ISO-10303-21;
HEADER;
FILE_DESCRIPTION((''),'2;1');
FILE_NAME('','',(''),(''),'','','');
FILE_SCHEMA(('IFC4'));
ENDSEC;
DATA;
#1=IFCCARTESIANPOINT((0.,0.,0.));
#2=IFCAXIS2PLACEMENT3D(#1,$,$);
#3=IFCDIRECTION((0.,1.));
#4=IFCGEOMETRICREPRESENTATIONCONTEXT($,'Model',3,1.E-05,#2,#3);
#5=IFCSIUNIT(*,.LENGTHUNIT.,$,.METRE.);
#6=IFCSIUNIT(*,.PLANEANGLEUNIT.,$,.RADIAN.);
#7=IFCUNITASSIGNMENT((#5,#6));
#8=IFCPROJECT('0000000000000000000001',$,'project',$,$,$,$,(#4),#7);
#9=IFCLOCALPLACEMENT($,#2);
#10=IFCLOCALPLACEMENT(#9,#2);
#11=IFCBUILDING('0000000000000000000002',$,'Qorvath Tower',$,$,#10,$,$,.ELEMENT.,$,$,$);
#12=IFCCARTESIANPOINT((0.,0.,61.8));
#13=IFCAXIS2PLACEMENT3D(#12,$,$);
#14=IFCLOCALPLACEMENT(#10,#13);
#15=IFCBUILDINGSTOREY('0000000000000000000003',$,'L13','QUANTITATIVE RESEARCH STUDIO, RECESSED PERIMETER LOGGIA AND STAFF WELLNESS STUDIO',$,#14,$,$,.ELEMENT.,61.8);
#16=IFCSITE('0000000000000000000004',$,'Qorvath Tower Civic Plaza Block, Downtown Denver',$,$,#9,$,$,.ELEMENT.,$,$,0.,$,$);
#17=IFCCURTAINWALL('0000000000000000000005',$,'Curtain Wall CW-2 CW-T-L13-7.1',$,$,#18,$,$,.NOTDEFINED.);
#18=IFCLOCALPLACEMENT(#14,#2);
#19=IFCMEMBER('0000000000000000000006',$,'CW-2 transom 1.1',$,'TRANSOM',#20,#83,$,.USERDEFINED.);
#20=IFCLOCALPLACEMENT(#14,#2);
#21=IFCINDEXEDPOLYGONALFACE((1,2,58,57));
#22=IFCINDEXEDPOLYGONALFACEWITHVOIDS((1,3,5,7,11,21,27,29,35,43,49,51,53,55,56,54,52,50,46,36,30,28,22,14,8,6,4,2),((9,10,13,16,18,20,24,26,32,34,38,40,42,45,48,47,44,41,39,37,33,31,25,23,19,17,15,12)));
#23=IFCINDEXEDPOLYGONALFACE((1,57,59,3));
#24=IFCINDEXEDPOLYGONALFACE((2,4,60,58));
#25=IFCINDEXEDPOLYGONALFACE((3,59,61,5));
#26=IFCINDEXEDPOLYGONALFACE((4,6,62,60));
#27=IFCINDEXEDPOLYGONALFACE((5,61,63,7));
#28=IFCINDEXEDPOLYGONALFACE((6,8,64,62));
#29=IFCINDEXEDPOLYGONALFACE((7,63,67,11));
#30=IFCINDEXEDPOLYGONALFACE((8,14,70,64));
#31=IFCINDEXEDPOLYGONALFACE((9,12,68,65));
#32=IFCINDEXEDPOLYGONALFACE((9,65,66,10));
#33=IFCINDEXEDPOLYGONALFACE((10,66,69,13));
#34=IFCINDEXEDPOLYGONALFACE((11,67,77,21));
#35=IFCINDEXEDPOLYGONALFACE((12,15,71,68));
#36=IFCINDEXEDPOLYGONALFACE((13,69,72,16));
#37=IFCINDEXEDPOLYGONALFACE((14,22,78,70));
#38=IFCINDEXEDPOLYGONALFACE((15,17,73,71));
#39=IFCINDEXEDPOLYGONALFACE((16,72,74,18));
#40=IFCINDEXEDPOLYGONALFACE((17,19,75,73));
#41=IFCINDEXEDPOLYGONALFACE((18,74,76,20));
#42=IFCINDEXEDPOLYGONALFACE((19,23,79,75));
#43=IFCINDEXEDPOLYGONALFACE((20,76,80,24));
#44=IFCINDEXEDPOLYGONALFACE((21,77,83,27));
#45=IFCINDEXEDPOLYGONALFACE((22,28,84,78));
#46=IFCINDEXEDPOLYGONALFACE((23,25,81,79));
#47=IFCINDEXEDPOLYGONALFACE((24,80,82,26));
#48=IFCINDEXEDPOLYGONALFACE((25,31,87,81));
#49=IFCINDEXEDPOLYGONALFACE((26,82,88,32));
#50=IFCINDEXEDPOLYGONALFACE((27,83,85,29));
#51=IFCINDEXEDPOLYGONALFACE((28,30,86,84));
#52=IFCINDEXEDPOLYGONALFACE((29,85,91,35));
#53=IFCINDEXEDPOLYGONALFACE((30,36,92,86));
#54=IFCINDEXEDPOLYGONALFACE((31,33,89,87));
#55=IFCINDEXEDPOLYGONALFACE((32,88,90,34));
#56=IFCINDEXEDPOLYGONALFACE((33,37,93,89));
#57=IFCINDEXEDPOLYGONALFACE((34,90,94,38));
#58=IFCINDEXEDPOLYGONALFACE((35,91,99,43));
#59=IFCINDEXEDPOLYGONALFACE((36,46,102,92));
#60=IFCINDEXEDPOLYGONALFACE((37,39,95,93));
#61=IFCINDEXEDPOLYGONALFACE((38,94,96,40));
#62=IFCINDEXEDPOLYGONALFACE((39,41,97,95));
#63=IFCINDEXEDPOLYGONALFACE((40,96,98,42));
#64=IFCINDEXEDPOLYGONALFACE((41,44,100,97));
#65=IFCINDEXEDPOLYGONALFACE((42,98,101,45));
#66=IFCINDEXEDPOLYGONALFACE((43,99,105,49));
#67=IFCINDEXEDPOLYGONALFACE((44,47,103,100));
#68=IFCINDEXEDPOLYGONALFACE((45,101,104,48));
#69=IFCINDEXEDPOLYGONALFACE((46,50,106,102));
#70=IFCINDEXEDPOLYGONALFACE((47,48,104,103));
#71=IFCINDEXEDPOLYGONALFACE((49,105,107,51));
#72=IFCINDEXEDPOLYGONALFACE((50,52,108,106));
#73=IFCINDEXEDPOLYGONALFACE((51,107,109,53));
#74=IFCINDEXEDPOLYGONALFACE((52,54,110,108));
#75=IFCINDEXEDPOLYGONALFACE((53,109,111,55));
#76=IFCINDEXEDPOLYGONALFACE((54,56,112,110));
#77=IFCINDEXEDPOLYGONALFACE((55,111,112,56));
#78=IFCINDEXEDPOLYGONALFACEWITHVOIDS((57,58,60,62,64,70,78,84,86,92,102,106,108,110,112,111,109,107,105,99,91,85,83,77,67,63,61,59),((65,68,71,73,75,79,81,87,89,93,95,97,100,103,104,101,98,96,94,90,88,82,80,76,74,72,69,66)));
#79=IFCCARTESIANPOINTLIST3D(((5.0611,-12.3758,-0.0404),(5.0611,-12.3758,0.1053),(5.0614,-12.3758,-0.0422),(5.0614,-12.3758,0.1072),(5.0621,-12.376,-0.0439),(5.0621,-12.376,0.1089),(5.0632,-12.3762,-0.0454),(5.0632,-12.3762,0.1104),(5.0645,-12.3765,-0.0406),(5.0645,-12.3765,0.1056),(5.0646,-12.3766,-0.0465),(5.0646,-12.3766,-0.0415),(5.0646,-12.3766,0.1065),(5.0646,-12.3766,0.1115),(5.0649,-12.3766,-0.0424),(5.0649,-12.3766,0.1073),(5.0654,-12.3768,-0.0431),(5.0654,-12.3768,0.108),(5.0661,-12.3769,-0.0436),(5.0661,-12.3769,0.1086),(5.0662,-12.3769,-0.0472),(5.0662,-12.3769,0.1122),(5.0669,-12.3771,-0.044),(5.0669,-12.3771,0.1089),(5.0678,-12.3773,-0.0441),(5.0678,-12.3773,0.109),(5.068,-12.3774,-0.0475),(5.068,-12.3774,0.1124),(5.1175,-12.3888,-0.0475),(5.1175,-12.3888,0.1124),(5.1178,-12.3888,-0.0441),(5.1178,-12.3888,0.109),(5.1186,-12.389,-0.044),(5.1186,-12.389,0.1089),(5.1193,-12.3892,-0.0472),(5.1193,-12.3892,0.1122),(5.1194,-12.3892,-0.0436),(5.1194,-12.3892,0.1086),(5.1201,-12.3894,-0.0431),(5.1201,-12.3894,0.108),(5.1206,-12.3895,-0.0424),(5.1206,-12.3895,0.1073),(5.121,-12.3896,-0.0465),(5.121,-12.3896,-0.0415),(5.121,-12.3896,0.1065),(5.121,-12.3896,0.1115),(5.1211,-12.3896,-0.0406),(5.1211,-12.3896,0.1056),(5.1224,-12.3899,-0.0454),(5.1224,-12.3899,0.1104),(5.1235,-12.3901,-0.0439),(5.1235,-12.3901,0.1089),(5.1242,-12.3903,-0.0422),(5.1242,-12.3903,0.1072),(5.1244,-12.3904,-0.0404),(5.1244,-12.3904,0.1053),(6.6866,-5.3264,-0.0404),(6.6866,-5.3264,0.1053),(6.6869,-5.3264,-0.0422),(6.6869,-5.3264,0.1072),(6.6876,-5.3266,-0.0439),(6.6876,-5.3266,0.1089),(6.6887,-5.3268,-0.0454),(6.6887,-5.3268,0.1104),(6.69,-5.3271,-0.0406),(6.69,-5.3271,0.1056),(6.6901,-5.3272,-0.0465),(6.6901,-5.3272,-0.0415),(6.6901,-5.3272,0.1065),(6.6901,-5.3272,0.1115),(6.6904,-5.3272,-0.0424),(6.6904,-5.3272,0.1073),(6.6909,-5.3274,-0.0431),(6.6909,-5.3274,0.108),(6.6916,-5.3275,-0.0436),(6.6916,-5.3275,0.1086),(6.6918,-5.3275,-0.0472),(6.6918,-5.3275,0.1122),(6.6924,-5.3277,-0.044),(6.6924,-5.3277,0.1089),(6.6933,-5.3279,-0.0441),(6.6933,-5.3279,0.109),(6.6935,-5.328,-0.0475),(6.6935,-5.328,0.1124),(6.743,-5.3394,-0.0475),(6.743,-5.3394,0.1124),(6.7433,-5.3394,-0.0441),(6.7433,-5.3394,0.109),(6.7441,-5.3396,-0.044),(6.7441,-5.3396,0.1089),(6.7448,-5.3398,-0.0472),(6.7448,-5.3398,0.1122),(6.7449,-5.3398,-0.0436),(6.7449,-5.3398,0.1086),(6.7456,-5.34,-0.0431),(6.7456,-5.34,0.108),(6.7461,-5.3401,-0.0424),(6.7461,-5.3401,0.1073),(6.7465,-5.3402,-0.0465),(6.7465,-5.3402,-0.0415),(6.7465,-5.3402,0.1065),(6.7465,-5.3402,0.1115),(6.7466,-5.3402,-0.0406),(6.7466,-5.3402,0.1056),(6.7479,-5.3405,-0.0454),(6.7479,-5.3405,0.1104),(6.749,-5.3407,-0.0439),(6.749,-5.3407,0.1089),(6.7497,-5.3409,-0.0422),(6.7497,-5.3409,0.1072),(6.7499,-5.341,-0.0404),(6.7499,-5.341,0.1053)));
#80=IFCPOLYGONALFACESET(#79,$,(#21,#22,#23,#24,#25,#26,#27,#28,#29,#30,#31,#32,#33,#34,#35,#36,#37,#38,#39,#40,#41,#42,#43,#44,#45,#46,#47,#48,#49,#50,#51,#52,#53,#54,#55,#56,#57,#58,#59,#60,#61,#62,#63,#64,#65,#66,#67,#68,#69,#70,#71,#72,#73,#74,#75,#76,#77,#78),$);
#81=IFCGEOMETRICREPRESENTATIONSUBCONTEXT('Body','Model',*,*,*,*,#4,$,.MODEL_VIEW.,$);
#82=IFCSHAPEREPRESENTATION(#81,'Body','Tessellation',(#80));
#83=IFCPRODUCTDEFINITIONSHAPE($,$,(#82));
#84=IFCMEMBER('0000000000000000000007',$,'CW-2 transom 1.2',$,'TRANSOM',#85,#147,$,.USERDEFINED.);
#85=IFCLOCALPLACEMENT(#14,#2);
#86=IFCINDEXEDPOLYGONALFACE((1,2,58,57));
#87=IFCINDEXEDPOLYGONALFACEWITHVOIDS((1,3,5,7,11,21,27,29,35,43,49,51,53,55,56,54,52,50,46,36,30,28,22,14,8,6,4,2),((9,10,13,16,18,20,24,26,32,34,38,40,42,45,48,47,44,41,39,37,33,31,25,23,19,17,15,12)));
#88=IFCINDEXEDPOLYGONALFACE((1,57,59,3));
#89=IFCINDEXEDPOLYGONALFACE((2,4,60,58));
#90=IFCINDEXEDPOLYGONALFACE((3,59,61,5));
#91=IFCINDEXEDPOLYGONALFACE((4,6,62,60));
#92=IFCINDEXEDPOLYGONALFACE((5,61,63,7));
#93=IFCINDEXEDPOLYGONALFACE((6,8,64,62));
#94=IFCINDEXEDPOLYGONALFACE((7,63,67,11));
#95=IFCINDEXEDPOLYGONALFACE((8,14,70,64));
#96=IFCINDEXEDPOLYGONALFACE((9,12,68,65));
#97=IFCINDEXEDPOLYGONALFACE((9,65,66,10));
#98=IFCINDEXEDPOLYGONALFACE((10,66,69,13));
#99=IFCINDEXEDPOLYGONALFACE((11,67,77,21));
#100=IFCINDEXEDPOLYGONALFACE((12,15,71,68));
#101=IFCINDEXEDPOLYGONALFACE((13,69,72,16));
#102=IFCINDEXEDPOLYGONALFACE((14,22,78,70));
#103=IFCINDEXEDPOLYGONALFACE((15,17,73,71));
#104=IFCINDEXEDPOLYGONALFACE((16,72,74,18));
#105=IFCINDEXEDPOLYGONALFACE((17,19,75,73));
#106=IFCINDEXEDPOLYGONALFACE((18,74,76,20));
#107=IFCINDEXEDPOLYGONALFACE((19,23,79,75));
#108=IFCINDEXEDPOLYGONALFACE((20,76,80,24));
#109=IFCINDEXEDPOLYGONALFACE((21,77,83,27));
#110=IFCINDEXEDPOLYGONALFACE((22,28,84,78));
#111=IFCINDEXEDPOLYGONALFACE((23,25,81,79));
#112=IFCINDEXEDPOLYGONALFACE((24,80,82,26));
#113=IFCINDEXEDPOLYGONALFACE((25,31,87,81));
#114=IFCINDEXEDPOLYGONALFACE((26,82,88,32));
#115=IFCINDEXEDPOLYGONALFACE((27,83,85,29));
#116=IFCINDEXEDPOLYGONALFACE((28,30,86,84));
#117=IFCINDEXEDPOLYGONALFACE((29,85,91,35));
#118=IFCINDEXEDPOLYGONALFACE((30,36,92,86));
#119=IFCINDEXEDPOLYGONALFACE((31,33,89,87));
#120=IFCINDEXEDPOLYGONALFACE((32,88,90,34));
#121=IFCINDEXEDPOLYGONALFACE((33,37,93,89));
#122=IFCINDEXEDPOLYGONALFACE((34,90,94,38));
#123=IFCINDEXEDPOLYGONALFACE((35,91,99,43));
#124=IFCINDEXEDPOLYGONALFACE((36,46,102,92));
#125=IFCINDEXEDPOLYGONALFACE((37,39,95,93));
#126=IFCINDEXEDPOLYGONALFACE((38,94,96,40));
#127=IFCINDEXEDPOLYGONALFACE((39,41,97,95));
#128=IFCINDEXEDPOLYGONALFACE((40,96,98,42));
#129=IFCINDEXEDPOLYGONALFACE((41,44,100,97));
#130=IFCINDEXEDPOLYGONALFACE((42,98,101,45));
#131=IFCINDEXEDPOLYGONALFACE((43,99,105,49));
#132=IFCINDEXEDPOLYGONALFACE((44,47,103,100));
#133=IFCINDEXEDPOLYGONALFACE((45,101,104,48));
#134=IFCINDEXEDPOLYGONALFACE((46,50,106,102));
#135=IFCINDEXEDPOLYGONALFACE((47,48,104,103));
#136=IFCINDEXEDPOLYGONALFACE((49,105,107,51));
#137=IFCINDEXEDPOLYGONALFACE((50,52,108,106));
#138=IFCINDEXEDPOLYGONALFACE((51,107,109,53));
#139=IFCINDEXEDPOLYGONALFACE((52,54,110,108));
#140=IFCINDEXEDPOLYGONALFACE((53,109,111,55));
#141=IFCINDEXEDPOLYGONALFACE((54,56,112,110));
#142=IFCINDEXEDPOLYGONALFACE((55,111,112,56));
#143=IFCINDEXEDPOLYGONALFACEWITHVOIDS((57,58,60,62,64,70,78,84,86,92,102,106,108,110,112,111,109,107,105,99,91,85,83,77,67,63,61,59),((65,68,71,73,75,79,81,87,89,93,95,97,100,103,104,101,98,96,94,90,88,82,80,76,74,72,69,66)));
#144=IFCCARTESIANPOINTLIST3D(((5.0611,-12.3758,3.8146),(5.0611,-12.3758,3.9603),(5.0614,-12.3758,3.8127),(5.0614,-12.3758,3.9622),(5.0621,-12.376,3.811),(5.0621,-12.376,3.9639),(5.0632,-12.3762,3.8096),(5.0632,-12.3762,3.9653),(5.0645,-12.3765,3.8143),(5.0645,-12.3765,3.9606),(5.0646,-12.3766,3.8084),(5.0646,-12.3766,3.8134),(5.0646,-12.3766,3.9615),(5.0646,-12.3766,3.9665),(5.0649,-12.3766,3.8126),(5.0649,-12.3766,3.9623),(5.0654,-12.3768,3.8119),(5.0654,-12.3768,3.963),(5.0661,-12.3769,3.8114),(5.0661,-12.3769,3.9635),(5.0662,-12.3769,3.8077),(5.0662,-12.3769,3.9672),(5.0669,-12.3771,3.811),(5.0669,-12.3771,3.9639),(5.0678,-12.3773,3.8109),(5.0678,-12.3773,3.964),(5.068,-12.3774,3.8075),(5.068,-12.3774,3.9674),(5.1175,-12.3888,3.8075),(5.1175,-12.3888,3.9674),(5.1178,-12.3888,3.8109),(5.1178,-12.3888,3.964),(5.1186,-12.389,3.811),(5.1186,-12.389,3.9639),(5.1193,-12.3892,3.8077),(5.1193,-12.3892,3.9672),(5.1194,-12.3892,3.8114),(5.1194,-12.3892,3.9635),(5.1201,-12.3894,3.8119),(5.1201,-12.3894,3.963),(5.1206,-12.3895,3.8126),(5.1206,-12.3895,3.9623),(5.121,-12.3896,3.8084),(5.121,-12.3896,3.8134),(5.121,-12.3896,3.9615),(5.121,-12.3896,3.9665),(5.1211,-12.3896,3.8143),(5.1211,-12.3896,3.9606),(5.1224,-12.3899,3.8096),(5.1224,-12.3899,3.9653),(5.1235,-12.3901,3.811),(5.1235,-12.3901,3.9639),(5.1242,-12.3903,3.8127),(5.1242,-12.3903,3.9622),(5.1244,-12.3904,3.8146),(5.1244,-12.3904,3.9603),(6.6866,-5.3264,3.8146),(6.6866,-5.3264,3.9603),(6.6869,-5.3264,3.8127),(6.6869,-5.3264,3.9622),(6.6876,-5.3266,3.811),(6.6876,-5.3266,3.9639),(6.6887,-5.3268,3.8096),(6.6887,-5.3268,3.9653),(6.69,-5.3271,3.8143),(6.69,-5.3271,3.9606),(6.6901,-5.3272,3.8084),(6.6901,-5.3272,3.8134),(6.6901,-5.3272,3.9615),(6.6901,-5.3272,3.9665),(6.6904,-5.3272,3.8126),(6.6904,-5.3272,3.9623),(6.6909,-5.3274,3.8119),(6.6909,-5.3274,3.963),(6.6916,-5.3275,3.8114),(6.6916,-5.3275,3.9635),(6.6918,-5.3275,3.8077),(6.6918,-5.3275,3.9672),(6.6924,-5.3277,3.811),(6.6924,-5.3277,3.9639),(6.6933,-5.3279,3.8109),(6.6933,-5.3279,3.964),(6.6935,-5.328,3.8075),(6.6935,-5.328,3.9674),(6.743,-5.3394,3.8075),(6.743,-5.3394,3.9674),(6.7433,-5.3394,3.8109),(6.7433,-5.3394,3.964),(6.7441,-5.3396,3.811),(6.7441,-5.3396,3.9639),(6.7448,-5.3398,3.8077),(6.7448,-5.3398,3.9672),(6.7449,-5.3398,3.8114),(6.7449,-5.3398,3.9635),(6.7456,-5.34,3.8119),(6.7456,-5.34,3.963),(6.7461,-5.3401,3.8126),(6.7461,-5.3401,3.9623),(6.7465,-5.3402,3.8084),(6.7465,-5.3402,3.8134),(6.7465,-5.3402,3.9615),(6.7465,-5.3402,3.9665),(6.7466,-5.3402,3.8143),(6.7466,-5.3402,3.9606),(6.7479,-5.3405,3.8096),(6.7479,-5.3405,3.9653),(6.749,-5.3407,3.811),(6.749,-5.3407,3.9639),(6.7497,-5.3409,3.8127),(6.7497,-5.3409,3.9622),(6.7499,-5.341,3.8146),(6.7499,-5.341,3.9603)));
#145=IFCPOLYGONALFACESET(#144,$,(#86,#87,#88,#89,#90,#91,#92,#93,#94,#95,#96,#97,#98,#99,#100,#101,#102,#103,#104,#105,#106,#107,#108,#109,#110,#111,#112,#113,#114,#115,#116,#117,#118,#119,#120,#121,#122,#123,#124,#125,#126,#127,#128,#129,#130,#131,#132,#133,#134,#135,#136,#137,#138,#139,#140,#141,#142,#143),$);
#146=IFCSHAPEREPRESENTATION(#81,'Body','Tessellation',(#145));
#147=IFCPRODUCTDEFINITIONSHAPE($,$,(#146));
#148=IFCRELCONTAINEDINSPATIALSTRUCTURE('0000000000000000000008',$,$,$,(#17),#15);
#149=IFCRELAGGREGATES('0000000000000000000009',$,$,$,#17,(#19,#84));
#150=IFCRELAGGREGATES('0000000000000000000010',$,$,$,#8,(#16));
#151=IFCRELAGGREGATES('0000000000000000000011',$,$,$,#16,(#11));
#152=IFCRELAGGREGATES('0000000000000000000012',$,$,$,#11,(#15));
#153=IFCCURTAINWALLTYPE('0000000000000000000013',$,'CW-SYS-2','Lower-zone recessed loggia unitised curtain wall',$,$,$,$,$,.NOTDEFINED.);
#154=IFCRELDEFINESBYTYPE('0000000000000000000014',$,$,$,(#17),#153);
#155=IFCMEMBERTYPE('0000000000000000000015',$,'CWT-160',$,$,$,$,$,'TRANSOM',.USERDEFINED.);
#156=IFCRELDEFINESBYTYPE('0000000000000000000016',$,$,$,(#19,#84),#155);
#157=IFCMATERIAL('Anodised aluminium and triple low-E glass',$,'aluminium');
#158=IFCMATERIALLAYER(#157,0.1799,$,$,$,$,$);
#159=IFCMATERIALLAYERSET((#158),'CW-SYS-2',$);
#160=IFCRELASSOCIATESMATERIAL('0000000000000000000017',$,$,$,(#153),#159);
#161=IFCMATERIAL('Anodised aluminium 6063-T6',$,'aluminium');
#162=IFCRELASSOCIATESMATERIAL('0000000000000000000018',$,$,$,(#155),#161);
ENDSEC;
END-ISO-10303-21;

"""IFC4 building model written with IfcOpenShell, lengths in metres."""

from ifc_helpers import new_model, si_unit, direction, frame, origin, origin_2d, place, context, subcontext, project, spatial, hollow_rectangle, extrude, material, layer, layer_set, material_profile, profile_set, type_object, element, aggregate, save


model = new_model("IFC4")

# Units and contexts
model_context = context("Model", 3, precision=1e-05, world=origin(), true_north=direction((0.0, 1.0)))
body_context = subcontext(model_context, "Body", "Model", "MODEL_VIEW")
ifc_project = project(units=[si_unit("LENGTHUNIT", "METRE"), si_unit("PLANEANGLEUNIT", "RADIAN")], contexts=[model_context])

# Site, building, storey
site_placement = place(None, origin())
site = spatial("IfcSite", under=ifc_project, at=site_placement, Name="Qorvath Tower Civic Plaza Block, Downtown Denver", CompositionType="ELEMENT", RefElevation=0.0)
building_placement = place(site_placement, origin())
building = spatial("IfcBuilding", under=site, at=building_placement, Name="Qorvath Tower", CompositionType="ELEMENT")
storey_placement = place(building_placement, frame((0.0, 0.0, 61.8)))
storey = spatial("IfcBuildingStorey", under=building, at=storey_placement, Name="L13", Description="QUANTITATIVE RESEARCH STUDIO, RECESSED PERIMETER LOGGIA AND STAFF WELLNESS STUDIO", CompositionType="ELEMENT", Elevation=61.8)

# Shared definitions
ifc_material_1 = material(Name="Anodised aluminium and triple low-E glass", Category="aluminium")
ifc_layer_1 = layer(ifc_material_1, 0.1799)
ifc_layer_set_1 = layer_set([ifc_layer_1], Name="CW-SYS-2")
curtain_wall_type = type_object("IfcCurtainWallType", Name="CW-SYS-2", Description="Lower-zone recessed loggia unitised curtain wall", PredefinedType="NOTDEFINED", material=ifc_layer_set_1)

# Curtain wall
curtain_wall_1_placement = place(storey_placement, origin())
curtain_wall_1 = element("IfcCurtainWall", 1, at=curtain_wall_1_placement, inside=storey, type_object=curtain_wall_type, Name="Curtain Wall CW-2 CW-T-L13-7.1", PredefinedType="NOTDEFINED")

# Members
ifc_material_2 = material(Name="Anodised aluminium 6063-T6", Category="aluminium")
ifc_material_profile_1 = material_profile(ifc_material_2, hollow_rectangle(XDim=0.0649, YDim=0.1599, WallThickness=0.0034, InnerFilletRadius=0.0034, OuterFilletRadius=0.0071, at=origin_2d()), Name="CWT 160x65")
ifc_profile_set_1 = profile_set([ifc_material_profile_1], Name="Anodised aluminium 6063-T6")
member_type_1 = type_object("IfcMemberType", Name="CWT-160", ElementType="TRANSOM", PredefinedType="USERDEFINED", material=ifc_profile_set_1)
member_1_placement = place(storey_placement, frame((5.0928, -12.3831, 0.0325), z_axis=(0.224692, 0.97443, 0.0), x_axis=(-0.97443, 0.224692, 0.0)))
member_1 = element("IfcMember", 2, at=member_1_placement, type_object=member_type_1, Name="CW-2 transom 1.1", ObjectType="TRANSOM", PredefinedType="USERDEFINED", context=body_context, shape_type="SweptSolid", body=[
    extrude(hollow_rectangle(XDim=0.0649, YDim=0.1599, WallThickness=0.0034, InnerFilletRadius=0.0034, OuterFilletRadius=0.0071, at=origin_2d()), origin(), (0.0, 0.0, 1.0), 7.2344),
])
member_2_placement = place(storey_placement, frame((5.0928, -12.3831, 3.8875), z_axis=(0.224692, 0.97443, 0.0), x_axis=(-0.97443, 0.224692, 0.0)))
member_2 = element("IfcMember", 3, at=member_2_placement, type_object=member_type_1, Name="CW-2 transom 1.2", ObjectType="TRANSOM", PredefinedType="USERDEFINED", context=body_context, shape_type="SweptSolid", body=[
    extrude(hollow_rectangle(XDim=0.0649, YDim=0.1599, WallThickness=0.0034, InnerFilletRadius=0.0034, OuterFilletRadius=0.0071, at=origin_2d()), origin(), (0.0, 0.0, 1.0), 7.2344),
])

aggregate(curtain_wall_1, [member_1, member_2])

save(model, "model.ifc")
